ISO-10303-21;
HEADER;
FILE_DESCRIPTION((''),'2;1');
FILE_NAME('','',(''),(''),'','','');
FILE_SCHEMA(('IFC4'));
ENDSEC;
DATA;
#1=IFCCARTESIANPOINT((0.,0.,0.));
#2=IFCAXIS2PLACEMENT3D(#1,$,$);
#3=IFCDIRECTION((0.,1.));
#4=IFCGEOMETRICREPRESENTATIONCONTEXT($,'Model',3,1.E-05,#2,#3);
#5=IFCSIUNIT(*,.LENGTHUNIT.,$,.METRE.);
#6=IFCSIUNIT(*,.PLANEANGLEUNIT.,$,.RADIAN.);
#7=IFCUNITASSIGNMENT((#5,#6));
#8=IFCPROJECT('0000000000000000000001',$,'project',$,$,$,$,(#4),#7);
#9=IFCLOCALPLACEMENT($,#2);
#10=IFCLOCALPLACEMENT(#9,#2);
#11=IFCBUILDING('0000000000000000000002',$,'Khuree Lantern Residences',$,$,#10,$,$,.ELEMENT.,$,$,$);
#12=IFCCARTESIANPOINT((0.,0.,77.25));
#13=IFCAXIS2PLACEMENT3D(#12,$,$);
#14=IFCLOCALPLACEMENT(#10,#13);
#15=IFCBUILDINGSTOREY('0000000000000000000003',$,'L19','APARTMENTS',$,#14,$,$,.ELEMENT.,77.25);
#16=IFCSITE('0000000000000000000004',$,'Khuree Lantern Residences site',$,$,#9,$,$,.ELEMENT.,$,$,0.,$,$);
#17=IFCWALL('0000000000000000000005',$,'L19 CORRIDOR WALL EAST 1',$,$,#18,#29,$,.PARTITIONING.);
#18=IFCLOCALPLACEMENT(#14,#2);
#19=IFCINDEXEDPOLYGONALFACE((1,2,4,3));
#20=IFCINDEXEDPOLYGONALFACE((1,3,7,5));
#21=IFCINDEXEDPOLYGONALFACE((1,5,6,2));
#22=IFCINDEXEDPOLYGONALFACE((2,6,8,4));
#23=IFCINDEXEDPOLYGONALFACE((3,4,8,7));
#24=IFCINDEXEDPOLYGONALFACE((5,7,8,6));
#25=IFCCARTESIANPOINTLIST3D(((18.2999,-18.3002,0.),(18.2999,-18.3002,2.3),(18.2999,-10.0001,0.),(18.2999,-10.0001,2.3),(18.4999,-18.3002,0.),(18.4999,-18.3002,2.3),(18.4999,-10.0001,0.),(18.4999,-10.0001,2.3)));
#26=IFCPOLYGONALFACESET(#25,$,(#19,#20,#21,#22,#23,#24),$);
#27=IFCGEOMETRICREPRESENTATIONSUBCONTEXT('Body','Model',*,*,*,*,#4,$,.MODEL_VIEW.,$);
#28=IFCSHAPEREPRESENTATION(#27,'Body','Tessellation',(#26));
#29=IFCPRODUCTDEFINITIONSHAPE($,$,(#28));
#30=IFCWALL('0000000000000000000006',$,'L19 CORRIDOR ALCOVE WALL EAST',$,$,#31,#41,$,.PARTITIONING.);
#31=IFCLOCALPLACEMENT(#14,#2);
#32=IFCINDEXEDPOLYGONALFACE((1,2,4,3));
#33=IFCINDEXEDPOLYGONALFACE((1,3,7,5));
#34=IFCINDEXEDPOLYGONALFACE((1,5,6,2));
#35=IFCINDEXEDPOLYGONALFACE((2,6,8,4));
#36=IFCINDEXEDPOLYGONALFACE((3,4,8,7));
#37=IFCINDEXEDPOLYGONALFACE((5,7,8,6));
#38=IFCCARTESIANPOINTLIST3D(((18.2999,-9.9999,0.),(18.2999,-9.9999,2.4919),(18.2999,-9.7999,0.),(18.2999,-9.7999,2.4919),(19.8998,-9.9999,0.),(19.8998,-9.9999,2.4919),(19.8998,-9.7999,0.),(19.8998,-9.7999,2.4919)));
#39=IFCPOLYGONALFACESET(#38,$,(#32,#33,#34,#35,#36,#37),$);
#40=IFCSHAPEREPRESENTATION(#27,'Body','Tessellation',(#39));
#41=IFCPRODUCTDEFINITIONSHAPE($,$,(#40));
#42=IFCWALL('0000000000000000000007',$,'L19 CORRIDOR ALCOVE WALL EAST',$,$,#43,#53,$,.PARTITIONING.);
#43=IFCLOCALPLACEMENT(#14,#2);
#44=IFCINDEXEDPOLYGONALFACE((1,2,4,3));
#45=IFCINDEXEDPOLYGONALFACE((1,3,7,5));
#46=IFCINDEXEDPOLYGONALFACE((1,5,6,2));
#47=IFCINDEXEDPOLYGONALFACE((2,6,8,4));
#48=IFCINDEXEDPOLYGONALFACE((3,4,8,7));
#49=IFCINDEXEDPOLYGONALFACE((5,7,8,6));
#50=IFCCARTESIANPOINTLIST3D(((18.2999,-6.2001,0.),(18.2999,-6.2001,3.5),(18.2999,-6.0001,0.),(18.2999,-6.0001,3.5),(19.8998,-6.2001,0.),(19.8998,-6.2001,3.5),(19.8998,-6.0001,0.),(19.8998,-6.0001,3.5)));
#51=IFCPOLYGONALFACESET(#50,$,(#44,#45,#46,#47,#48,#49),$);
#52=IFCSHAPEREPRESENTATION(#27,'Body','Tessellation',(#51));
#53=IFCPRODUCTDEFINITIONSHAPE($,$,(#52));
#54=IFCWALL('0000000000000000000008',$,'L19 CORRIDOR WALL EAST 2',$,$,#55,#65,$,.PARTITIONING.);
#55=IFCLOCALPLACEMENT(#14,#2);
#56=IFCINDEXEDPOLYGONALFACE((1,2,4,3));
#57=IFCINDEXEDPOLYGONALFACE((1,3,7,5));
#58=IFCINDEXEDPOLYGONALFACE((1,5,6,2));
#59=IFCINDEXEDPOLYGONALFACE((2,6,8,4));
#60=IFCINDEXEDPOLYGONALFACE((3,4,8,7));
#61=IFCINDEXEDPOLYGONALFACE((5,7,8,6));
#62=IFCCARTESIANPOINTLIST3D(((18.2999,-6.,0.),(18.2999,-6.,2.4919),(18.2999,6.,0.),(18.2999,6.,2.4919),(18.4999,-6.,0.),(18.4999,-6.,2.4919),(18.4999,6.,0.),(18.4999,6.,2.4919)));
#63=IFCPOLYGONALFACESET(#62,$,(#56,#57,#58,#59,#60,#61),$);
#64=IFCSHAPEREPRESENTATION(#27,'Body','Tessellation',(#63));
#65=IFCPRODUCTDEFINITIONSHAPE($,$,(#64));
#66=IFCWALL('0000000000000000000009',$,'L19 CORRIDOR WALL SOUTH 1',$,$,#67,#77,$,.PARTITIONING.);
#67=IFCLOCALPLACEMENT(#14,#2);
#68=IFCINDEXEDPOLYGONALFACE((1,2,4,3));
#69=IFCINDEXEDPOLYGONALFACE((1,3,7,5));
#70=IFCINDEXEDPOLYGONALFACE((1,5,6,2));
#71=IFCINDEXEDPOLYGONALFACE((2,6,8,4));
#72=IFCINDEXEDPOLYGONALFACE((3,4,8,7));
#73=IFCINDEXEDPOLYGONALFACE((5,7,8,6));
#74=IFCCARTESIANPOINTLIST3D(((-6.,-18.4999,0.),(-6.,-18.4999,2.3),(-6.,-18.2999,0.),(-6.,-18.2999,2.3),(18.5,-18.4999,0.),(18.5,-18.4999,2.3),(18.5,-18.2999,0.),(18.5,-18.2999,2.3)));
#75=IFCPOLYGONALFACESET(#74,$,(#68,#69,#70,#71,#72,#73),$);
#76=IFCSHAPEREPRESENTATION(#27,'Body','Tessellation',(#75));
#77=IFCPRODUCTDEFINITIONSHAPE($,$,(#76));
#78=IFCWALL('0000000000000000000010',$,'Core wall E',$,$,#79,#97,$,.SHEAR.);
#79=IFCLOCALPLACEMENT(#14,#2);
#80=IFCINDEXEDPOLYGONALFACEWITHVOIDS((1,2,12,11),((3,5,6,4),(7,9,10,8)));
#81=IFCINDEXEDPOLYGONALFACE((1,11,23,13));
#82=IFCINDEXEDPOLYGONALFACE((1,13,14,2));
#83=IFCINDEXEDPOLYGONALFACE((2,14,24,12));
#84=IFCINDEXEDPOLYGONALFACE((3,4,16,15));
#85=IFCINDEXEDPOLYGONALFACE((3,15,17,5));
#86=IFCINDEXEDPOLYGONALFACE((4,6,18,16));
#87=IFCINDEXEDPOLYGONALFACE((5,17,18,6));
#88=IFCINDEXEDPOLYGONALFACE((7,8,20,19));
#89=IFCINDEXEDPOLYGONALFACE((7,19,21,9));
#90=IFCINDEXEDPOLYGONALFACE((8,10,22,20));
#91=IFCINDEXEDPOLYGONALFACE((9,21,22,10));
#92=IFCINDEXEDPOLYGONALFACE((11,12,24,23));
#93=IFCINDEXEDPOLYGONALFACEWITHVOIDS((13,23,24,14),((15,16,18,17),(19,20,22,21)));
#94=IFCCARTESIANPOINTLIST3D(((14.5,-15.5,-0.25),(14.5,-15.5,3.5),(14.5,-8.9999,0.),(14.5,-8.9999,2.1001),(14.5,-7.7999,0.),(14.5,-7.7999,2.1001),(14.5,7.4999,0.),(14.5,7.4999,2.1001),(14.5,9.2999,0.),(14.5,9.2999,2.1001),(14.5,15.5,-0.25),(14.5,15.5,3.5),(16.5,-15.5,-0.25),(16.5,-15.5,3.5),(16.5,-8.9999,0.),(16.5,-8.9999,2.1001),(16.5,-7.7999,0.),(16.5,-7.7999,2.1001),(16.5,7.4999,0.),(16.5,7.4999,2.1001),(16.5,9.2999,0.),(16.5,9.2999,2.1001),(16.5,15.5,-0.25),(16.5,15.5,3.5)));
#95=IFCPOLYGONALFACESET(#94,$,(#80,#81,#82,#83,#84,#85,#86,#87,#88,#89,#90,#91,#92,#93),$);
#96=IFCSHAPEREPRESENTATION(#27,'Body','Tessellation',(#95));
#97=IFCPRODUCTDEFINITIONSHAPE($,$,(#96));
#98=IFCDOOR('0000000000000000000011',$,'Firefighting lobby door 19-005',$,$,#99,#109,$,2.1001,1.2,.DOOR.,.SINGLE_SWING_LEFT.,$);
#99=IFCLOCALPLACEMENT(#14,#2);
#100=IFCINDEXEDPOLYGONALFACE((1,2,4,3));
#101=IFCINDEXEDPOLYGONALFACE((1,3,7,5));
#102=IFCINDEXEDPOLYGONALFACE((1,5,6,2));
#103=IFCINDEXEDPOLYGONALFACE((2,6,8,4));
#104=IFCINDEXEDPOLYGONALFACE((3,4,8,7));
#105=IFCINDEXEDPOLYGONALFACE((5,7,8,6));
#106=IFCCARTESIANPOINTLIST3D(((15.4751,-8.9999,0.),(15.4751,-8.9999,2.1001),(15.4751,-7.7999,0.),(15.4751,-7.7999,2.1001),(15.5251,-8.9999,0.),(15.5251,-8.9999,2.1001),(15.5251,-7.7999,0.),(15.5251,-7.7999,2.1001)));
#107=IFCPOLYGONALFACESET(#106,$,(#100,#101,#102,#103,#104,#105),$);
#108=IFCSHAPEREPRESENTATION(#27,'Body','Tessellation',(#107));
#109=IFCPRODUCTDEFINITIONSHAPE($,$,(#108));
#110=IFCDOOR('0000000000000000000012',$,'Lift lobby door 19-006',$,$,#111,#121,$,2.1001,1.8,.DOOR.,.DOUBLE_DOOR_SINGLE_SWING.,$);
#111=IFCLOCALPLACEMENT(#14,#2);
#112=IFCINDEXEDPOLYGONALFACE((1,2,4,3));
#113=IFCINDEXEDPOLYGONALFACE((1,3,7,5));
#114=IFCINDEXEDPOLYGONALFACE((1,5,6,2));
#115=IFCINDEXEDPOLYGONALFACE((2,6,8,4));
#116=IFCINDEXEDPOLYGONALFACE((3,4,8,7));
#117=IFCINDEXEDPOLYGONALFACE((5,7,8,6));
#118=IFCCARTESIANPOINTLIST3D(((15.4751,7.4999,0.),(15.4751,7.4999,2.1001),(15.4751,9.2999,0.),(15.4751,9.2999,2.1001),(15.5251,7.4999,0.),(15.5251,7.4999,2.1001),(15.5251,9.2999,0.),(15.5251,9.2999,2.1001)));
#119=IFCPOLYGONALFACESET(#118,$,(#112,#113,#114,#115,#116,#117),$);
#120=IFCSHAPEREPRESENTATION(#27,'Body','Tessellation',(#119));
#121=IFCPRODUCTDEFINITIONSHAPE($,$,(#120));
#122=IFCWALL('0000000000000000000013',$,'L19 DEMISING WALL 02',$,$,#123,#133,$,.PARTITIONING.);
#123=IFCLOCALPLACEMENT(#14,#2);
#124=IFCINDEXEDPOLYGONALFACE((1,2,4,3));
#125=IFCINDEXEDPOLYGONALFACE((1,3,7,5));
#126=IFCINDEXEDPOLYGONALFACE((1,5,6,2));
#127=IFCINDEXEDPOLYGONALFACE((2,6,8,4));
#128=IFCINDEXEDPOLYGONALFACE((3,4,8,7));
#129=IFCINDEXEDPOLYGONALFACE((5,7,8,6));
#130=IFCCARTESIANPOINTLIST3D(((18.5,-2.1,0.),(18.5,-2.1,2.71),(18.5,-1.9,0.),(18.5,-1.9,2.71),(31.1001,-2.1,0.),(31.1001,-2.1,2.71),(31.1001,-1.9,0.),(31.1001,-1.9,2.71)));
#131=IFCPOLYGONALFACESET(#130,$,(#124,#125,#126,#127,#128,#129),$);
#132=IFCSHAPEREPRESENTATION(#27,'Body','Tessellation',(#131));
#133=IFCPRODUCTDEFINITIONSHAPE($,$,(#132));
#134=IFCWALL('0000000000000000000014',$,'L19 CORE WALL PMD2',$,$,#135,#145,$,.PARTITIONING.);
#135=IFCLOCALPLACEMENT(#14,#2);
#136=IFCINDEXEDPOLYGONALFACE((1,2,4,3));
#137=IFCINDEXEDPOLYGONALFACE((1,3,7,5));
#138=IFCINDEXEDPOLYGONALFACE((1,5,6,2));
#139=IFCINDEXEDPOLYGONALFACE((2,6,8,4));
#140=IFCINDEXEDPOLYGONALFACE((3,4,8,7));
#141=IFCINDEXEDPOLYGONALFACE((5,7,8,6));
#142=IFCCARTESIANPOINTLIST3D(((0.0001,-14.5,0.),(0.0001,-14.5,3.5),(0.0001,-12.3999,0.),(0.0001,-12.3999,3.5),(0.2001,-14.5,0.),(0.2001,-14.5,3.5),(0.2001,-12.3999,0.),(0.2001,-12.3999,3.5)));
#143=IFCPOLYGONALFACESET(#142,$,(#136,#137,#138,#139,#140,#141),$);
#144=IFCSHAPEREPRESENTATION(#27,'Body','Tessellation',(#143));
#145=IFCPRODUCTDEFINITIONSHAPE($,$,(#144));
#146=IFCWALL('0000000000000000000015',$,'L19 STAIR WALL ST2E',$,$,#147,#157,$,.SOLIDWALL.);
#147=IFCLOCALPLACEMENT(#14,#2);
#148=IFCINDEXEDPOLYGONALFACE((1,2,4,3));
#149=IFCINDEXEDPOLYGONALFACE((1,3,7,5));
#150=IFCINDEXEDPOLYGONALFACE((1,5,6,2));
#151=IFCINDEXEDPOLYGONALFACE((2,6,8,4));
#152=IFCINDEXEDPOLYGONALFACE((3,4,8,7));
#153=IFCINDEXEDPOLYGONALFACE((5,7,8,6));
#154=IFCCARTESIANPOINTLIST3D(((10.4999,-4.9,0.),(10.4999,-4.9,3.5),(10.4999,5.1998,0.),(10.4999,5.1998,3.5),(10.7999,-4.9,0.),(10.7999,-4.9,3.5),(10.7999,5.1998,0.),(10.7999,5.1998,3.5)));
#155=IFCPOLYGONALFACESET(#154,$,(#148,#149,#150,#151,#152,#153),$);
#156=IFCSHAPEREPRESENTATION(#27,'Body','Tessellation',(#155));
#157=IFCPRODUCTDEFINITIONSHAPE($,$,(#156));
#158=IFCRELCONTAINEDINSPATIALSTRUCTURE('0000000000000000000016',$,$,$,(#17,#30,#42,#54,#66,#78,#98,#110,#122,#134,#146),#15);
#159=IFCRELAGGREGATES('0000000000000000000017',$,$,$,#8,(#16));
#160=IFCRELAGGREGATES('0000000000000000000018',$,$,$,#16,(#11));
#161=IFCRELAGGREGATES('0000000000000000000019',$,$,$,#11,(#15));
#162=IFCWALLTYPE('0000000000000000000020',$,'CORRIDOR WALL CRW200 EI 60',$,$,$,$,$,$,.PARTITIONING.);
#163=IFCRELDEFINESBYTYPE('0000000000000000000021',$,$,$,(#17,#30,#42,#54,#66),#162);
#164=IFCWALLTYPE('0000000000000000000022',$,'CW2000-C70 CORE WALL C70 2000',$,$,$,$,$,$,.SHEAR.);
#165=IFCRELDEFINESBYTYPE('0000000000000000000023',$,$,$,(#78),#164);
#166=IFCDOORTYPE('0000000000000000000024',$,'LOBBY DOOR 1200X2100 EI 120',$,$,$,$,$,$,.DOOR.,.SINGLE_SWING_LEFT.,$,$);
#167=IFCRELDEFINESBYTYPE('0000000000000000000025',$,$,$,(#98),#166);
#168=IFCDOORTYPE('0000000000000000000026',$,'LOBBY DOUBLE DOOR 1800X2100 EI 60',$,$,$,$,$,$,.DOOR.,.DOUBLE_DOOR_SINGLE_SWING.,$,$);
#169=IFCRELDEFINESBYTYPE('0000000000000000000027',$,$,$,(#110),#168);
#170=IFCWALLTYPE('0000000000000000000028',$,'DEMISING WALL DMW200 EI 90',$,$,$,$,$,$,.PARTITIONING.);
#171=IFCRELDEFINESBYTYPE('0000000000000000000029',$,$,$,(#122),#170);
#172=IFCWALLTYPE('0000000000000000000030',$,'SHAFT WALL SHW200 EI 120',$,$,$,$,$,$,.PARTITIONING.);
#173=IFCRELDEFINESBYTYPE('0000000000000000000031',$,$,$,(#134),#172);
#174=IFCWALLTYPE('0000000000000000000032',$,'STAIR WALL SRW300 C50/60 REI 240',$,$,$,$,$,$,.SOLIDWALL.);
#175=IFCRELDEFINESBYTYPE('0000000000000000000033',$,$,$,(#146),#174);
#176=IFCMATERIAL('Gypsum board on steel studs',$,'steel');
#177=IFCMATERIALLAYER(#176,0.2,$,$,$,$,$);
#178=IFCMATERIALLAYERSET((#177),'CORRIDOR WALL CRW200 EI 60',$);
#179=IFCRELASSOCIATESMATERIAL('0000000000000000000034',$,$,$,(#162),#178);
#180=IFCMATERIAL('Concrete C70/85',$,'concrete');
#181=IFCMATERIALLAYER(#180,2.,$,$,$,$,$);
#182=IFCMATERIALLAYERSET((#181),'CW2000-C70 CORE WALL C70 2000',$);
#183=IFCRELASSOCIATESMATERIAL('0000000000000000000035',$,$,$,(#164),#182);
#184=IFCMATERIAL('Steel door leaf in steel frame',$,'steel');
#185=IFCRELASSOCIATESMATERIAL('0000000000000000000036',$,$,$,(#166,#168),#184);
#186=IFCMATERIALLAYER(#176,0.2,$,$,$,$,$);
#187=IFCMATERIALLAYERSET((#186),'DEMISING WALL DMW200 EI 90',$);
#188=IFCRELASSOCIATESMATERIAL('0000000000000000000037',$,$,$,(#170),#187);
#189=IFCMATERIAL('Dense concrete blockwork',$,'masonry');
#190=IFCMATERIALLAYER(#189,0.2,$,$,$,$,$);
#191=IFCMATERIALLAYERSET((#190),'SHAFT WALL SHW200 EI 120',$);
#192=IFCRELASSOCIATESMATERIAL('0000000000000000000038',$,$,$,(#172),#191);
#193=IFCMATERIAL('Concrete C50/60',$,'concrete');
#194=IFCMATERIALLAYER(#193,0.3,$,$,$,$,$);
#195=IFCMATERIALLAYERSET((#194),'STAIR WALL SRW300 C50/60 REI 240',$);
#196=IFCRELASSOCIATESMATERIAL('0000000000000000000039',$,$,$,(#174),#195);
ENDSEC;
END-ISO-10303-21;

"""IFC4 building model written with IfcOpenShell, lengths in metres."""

from ifc_helpers import new_model, si_unit, direction, frame, frame_2d, origin, place, context, subcontext, project, spatial, rectangle, extrude, material, layer, layer_set, type_object, element, fill, save


model = new_model("IFC4")

# Units and contexts
model_context = context("Model", 3, precision=1e-05, world=origin(), true_north=direction((0.0, 1.0)))
body_context = subcontext(model_context, "Body", "Model", "MODEL_VIEW")
ifc_project = project(units=[si_unit("LENGTHUNIT", "METRE"), si_unit("PLANEANGLEUNIT", "RADIAN")], contexts=[model_context])

# Site, building, storey
site_placement = place(None, origin())
site = spatial("IfcSite", under=ifc_project, at=site_placement, Name="Khuree Lantern Residences site", CompositionType="ELEMENT", RefElevation=0.0)
building_placement = place(site_placement, origin())
building = spatial("IfcBuilding", under=site, at=building_placement, Name="Khuree Lantern Residences", CompositionType="ELEMENT")
storey_placement = place(building_placement, frame((0.0, 0.0, 77.25)))
storey = spatial("IfcBuildingStorey", under=building, at=storey_placement, Name="L19", Description="APARTMENTS", CompositionType="ELEMENT", Elevation=77.25)

# Shared definitions
ifc_material_1 = material(Name="Concrete C70/85", Category="concrete")

# Shared definitions
ifc_material_2 = material(Name="Dense concrete blockwork", Category="masonry")

# Walls
ifc_material_3 = material(Name="Gypsum board on steel studs", Category="steel")
ifc_layer_1 = layer(ifc_material_3, 0.2)
ifc_layer_set_1 = layer_set([ifc_layer_1], Name="CORRIDOR WALL CRW200 EI 60")
wall_type_1 = type_object("IfcWallType", Name="CORRIDOR WALL CRW200 EI 60", PredefinedType="PARTITIONING", material=ifc_layer_set_1)
wall_1_placement = place(storey_placement, frame((18.3999, -18.3, 0.0), z_axis=(0.0, 0.0, 1.0), x_axis=(0.0, 1.0, 0.0)))
element("IfcWall", 1, at=wall_1_placement, inside=storey, type_object=wall_type_1, Name="L19 CORRIDOR WALL EAST 1", PredefinedType="PARTITIONING", context=body_context, shape_type="SweptSolid", body=[
    extrude(rectangle(XDim=8.3, YDim=0.2, at=frame_2d((4.1499, 0.0))), origin(), (0.0, 0.0, 1.0), 2.3),
])
wall_2_placement = place(storey_placement, frame((18.3, -9.8999, 0.0), z_axis=(0.0, 0.0, 1.0), x_axis=(1.0, 0.0, 0.0)))
element("IfcWall", 2, at=wall_2_placement, inside=storey, type_object=wall_type_1, Name="L19 CORRIDOR ALCOVE WALL EAST", PredefinedType="PARTITIONING", context=body_context, shape_type="SweptSolid", body=[
    extrude(rectangle(XDim=1.5999, YDim=0.2, at=frame_2d((0.7998, 0.0))), origin(), (0.0, 0.0, 1.0), 2.4919),
])
wall_3_placement = place(storey_placement, frame((18.3, -6.1001, 0.0), z_axis=(0.0, 0.0, 1.0), x_axis=(1.0, 0.0, 0.0)))
element("IfcWall", 3, at=wall_3_placement, inside=storey, type_object=wall_type_1, Name="L19 CORRIDOR ALCOVE WALL EAST", PredefinedType="PARTITIONING", context=body_context, shape_type="SweptSolid", body=[
    extrude(rectangle(XDim=1.5999, YDim=0.2, at=frame_2d((0.7998, 0.0))), origin(), (0.0, 0.0, 1.0), 3.5),
])
wall_4_placement = place(storey_placement, frame((18.3999, -6.0, 0.0), z_axis=(0.0, 0.0, 1.0), x_axis=(0.0, 1.0, 0.0)))
element("IfcWall", 4, at=wall_4_placement, inside=storey, type_object=wall_type_1, Name="L19 CORRIDOR WALL EAST 2", PredefinedType="PARTITIONING", context=body_context, shape_type="SweptSolid", body=[
    extrude(rectangle(XDim=12.0, YDim=0.2, at=frame_2d((6.0, 0.0))), origin(), (0.0, 0.0, 1.0), 2.4919),
])
wall_5_placement = place(storey_placement, frame((18.5, -18.3999, 0.0), z_axis=(0.0, 0.0, 1.0), x_axis=(-1.0, 0.0, 0.0)))
element("IfcWall", 5, at=wall_5_placement, inside=storey, type_object=wall_type_1, Name="L19 CORRIDOR WALL SOUTH 1", PredefinedType="PARTITIONING", context=body_context, shape_type="SweptSolid", body=[
    extrude(rectangle(XDim=24.5, YDim=0.2, at=frame_2d((12.25, 0.0))), origin(), (0.0, 0.0, 1.0), 2.3),
])

# Wall, openings, doors
ifc_layer_2 = layer(ifc_material_1, 2.0)
ifc_layer_set_2 = layer_set([ifc_layer_2], Name="CW2000-C70 CORE WALL C70 2000")
wall_type_2 = type_object("IfcWallType", Name="CW2000-C70 CORE WALL C70 2000", PredefinedType="SHEAR", material=ifc_layer_set_2)
wall_6_placement = place(storey_placement, frame((15.5, -15.5, -0.25), z_axis=(0.0, 0.0, 1.0), x_axis=(0.0, 1.0, 0.0)))
wall_6 = element("IfcWall", 6, at=wall_6_placement, inside=storey, type_object=wall_type_2, Name="Core wall E", PredefinedType="SHEAR", context=body_context, shape_type="SweptSolid", body=[
    extrude(rectangle(XDim=31.0, YDim=2.0, at=frame_2d((15.5, 0.0))), origin(), (0.0, 0.0, 1.0), 3.75),
])
opening_1_placement = place(wall_6_placement, frame((6.5, 0.0, 0.25)))
opening_1 = element("IfcOpeningElement", 7, at=opening_1_placement, cuts=wall_6, PredefinedType="OPENING", context=body_context, shape_type="SweptSolid", body=[
    extrude(rectangle(XDim=1.2, YDim=2.1001, at=frame_2d((0.6001, 1.05))), frame((0.0, 1.01, 0.0), z_axis=(0.0, -1.0, 0.0), x_axis=(1.0, 0.0, 0.0)), (0.0, 0.0, 1.0), 2.02),
])
opening_2_placement = place(wall_6_placement, frame((23.0, 0.0, 0.25)))
opening_2 = element("IfcOpeningElement", 8, at=opening_2_placement, cuts=wall_6, PredefinedType="OPENING", context=body_context, shape_type="SweptSolid", body=[
    extrude(rectangle(XDim=1.8, YDim=2.1001, at=frame_2d((0.8999, 1.05))), frame((0.0, 1.01, 0.0), z_axis=(0.0, -1.0, 0.0), x_axis=(1.0, 0.0, 0.0)), (0.0, 0.0, 1.0), 2.02),
])
ifc_material_4 = material(Name="Steel door leaf in steel frame", Category="steel")
door_type_1 = type_object("IfcDoorType", Name="LOBBY DOOR 1200X2100 EI 120", OperationType="SINGLE_SWING_LEFT", PredefinedType="DOOR", material=ifc_material_4)
door_1_placement = place(opening_1_placement, origin())
door_1 = element("IfcDoor", 9, at=door_1_placement, inside=storey, type_object=door_type_1, Name="Firefighting lobby door 19-005", OperationType="SINGLE_SWING_LEFT", OverallHeight=2.1001, OverallWidth=1.2, PredefinedType="DOOR", context=body_context, shape_type="SweptSolid", body=[
    extrude(rectangle(XDim=1.2, YDim=2.1001, at=frame_2d((0.6001, 1.05))), frame((0.0, 0.0249, 0.0), z_axis=(0.0, -1.0, 0.0), x_axis=(1.0, 0.0, 0.0)), (0.0, 0.0, 1.0), 0.05),
])
fill(opening_1, door_1)
door_type_2 = type_object("IfcDoorType", Name="LOBBY DOUBLE DOOR 1800X2100 EI 60", OperationType="DOUBLE_DOOR_SINGLE_SWING", PredefinedType="DOOR", material=ifc_material_4)
door_2_placement = place(opening_2_placement, origin())
door_2 = element("IfcDoor", 10, at=door_2_placement, inside=storey, type_object=door_type_2, Name="Lift lobby door 19-006", OperationType="DOUBLE_DOOR_SINGLE_SWING", OverallHeight=2.1001, OverallWidth=1.8, PredefinedType="DOOR", context=body_context, shape_type="SweptSolid", body=[
    extrude(rectangle(XDim=1.8, YDim=2.1001, at=frame_2d((0.8999, 1.05))), frame((0.0, 0.0249, 0.0), z_axis=(0.0, -1.0, 0.0), x_axis=(1.0, 0.0, 0.0)), (0.0, 0.0, 1.0), 0.05),
])
fill(opening_2, door_2)

# Walls
ifc_layer_3 = layer(ifc_material_3, 0.2)
ifc_layer_set_3 = layer_set([ifc_layer_3], Name="DEMISING WALL DMW200 EI 90")
wall_type_3 = type_object("IfcWallType", Name="DEMISING WALL DMW200 EI 90", PredefinedType="PARTITIONING", material=ifc_layer_set_3)
wall_7_placement = place(storey_placement, frame((18.5, -2.0, 0.0), z_axis=(0.0, 0.0, 1.0), x_axis=(1.0, 0.0, 0.0)))
element("IfcWall", 11, at=wall_7_placement, inside=storey, type_object=wall_type_3, Name="L19 DEMISING WALL 02", PredefinedType="PARTITIONING", context=body_context, shape_type="SweptSolid", body=[
    extrude(rectangle(XDim=12.6001, YDim=0.2, at=frame_2d((6.3, 0.0))), origin(), (0.0, 0.0, 1.0), 2.71),
])
ifc_layer_4 = layer(ifc_material_2, 0.2)
ifc_layer_set_4 = layer_set([ifc_layer_4], Name="SHAFT WALL SHW200 EI 120")
wall_type_4 = type_object("IfcWallType", Name="SHAFT WALL SHW200 EI 120", PredefinedType="PARTITIONING", material=ifc_layer_set_4)
wall_8_placement = place(storey_placement, frame((0.1001, -14.5, 0.0), z_axis=(0.0, 0.0, 1.0), x_axis=(0.0, 1.0, 0.0)))
element("IfcWall", 12, at=wall_8_placement, inside=storey, type_object=wall_type_4, Name="L19 CORE WALL PMD2", PredefinedType="PARTITIONING", context=body_context, shape_type="SweptSolid", body=[
    extrude(rectangle(XDim=2.1001, YDim=0.2, at=frame_2d((1.05, 0.0))), origin(), (0.0, 0.0, 1.0), 3.5),
])
ifc_material_5 = material(Name="Concrete C50/60", Category="concrete")
ifc_layer_5 = layer(ifc_material_5, 0.3)
ifc_layer_set_5 = layer_set([ifc_layer_5], Name="STAIR WALL SRW300 C50/60 REI 240")
wall_type_5 = type_object("IfcWallType", Name="STAIR WALL SRW300 C50/60 REI 240", PredefinedType="SOLIDWALL", material=ifc_layer_set_5)
wall_9_placement = place(storey_placement, frame((10.6499, -4.8999, 0.0), z_axis=(0.0, 0.0, 1.0), x_axis=(0.0, 1.0, 0.0)))
element("IfcWall", 13, at=wall_9_placement, inside=storey, type_object=wall_type_5, Name="L19 STAIR WALL ST2E", PredefinedType="SOLIDWALL", context=body_context, shape_type="SweptSolid", body=[
    extrude(rectangle(XDim=10.0999, YDim=0.3, at=frame_2d((5.0498, 0.0))), origin(), (0.0, 0.0, 1.0), 3.5),
])

save(model, "model.ifc")
